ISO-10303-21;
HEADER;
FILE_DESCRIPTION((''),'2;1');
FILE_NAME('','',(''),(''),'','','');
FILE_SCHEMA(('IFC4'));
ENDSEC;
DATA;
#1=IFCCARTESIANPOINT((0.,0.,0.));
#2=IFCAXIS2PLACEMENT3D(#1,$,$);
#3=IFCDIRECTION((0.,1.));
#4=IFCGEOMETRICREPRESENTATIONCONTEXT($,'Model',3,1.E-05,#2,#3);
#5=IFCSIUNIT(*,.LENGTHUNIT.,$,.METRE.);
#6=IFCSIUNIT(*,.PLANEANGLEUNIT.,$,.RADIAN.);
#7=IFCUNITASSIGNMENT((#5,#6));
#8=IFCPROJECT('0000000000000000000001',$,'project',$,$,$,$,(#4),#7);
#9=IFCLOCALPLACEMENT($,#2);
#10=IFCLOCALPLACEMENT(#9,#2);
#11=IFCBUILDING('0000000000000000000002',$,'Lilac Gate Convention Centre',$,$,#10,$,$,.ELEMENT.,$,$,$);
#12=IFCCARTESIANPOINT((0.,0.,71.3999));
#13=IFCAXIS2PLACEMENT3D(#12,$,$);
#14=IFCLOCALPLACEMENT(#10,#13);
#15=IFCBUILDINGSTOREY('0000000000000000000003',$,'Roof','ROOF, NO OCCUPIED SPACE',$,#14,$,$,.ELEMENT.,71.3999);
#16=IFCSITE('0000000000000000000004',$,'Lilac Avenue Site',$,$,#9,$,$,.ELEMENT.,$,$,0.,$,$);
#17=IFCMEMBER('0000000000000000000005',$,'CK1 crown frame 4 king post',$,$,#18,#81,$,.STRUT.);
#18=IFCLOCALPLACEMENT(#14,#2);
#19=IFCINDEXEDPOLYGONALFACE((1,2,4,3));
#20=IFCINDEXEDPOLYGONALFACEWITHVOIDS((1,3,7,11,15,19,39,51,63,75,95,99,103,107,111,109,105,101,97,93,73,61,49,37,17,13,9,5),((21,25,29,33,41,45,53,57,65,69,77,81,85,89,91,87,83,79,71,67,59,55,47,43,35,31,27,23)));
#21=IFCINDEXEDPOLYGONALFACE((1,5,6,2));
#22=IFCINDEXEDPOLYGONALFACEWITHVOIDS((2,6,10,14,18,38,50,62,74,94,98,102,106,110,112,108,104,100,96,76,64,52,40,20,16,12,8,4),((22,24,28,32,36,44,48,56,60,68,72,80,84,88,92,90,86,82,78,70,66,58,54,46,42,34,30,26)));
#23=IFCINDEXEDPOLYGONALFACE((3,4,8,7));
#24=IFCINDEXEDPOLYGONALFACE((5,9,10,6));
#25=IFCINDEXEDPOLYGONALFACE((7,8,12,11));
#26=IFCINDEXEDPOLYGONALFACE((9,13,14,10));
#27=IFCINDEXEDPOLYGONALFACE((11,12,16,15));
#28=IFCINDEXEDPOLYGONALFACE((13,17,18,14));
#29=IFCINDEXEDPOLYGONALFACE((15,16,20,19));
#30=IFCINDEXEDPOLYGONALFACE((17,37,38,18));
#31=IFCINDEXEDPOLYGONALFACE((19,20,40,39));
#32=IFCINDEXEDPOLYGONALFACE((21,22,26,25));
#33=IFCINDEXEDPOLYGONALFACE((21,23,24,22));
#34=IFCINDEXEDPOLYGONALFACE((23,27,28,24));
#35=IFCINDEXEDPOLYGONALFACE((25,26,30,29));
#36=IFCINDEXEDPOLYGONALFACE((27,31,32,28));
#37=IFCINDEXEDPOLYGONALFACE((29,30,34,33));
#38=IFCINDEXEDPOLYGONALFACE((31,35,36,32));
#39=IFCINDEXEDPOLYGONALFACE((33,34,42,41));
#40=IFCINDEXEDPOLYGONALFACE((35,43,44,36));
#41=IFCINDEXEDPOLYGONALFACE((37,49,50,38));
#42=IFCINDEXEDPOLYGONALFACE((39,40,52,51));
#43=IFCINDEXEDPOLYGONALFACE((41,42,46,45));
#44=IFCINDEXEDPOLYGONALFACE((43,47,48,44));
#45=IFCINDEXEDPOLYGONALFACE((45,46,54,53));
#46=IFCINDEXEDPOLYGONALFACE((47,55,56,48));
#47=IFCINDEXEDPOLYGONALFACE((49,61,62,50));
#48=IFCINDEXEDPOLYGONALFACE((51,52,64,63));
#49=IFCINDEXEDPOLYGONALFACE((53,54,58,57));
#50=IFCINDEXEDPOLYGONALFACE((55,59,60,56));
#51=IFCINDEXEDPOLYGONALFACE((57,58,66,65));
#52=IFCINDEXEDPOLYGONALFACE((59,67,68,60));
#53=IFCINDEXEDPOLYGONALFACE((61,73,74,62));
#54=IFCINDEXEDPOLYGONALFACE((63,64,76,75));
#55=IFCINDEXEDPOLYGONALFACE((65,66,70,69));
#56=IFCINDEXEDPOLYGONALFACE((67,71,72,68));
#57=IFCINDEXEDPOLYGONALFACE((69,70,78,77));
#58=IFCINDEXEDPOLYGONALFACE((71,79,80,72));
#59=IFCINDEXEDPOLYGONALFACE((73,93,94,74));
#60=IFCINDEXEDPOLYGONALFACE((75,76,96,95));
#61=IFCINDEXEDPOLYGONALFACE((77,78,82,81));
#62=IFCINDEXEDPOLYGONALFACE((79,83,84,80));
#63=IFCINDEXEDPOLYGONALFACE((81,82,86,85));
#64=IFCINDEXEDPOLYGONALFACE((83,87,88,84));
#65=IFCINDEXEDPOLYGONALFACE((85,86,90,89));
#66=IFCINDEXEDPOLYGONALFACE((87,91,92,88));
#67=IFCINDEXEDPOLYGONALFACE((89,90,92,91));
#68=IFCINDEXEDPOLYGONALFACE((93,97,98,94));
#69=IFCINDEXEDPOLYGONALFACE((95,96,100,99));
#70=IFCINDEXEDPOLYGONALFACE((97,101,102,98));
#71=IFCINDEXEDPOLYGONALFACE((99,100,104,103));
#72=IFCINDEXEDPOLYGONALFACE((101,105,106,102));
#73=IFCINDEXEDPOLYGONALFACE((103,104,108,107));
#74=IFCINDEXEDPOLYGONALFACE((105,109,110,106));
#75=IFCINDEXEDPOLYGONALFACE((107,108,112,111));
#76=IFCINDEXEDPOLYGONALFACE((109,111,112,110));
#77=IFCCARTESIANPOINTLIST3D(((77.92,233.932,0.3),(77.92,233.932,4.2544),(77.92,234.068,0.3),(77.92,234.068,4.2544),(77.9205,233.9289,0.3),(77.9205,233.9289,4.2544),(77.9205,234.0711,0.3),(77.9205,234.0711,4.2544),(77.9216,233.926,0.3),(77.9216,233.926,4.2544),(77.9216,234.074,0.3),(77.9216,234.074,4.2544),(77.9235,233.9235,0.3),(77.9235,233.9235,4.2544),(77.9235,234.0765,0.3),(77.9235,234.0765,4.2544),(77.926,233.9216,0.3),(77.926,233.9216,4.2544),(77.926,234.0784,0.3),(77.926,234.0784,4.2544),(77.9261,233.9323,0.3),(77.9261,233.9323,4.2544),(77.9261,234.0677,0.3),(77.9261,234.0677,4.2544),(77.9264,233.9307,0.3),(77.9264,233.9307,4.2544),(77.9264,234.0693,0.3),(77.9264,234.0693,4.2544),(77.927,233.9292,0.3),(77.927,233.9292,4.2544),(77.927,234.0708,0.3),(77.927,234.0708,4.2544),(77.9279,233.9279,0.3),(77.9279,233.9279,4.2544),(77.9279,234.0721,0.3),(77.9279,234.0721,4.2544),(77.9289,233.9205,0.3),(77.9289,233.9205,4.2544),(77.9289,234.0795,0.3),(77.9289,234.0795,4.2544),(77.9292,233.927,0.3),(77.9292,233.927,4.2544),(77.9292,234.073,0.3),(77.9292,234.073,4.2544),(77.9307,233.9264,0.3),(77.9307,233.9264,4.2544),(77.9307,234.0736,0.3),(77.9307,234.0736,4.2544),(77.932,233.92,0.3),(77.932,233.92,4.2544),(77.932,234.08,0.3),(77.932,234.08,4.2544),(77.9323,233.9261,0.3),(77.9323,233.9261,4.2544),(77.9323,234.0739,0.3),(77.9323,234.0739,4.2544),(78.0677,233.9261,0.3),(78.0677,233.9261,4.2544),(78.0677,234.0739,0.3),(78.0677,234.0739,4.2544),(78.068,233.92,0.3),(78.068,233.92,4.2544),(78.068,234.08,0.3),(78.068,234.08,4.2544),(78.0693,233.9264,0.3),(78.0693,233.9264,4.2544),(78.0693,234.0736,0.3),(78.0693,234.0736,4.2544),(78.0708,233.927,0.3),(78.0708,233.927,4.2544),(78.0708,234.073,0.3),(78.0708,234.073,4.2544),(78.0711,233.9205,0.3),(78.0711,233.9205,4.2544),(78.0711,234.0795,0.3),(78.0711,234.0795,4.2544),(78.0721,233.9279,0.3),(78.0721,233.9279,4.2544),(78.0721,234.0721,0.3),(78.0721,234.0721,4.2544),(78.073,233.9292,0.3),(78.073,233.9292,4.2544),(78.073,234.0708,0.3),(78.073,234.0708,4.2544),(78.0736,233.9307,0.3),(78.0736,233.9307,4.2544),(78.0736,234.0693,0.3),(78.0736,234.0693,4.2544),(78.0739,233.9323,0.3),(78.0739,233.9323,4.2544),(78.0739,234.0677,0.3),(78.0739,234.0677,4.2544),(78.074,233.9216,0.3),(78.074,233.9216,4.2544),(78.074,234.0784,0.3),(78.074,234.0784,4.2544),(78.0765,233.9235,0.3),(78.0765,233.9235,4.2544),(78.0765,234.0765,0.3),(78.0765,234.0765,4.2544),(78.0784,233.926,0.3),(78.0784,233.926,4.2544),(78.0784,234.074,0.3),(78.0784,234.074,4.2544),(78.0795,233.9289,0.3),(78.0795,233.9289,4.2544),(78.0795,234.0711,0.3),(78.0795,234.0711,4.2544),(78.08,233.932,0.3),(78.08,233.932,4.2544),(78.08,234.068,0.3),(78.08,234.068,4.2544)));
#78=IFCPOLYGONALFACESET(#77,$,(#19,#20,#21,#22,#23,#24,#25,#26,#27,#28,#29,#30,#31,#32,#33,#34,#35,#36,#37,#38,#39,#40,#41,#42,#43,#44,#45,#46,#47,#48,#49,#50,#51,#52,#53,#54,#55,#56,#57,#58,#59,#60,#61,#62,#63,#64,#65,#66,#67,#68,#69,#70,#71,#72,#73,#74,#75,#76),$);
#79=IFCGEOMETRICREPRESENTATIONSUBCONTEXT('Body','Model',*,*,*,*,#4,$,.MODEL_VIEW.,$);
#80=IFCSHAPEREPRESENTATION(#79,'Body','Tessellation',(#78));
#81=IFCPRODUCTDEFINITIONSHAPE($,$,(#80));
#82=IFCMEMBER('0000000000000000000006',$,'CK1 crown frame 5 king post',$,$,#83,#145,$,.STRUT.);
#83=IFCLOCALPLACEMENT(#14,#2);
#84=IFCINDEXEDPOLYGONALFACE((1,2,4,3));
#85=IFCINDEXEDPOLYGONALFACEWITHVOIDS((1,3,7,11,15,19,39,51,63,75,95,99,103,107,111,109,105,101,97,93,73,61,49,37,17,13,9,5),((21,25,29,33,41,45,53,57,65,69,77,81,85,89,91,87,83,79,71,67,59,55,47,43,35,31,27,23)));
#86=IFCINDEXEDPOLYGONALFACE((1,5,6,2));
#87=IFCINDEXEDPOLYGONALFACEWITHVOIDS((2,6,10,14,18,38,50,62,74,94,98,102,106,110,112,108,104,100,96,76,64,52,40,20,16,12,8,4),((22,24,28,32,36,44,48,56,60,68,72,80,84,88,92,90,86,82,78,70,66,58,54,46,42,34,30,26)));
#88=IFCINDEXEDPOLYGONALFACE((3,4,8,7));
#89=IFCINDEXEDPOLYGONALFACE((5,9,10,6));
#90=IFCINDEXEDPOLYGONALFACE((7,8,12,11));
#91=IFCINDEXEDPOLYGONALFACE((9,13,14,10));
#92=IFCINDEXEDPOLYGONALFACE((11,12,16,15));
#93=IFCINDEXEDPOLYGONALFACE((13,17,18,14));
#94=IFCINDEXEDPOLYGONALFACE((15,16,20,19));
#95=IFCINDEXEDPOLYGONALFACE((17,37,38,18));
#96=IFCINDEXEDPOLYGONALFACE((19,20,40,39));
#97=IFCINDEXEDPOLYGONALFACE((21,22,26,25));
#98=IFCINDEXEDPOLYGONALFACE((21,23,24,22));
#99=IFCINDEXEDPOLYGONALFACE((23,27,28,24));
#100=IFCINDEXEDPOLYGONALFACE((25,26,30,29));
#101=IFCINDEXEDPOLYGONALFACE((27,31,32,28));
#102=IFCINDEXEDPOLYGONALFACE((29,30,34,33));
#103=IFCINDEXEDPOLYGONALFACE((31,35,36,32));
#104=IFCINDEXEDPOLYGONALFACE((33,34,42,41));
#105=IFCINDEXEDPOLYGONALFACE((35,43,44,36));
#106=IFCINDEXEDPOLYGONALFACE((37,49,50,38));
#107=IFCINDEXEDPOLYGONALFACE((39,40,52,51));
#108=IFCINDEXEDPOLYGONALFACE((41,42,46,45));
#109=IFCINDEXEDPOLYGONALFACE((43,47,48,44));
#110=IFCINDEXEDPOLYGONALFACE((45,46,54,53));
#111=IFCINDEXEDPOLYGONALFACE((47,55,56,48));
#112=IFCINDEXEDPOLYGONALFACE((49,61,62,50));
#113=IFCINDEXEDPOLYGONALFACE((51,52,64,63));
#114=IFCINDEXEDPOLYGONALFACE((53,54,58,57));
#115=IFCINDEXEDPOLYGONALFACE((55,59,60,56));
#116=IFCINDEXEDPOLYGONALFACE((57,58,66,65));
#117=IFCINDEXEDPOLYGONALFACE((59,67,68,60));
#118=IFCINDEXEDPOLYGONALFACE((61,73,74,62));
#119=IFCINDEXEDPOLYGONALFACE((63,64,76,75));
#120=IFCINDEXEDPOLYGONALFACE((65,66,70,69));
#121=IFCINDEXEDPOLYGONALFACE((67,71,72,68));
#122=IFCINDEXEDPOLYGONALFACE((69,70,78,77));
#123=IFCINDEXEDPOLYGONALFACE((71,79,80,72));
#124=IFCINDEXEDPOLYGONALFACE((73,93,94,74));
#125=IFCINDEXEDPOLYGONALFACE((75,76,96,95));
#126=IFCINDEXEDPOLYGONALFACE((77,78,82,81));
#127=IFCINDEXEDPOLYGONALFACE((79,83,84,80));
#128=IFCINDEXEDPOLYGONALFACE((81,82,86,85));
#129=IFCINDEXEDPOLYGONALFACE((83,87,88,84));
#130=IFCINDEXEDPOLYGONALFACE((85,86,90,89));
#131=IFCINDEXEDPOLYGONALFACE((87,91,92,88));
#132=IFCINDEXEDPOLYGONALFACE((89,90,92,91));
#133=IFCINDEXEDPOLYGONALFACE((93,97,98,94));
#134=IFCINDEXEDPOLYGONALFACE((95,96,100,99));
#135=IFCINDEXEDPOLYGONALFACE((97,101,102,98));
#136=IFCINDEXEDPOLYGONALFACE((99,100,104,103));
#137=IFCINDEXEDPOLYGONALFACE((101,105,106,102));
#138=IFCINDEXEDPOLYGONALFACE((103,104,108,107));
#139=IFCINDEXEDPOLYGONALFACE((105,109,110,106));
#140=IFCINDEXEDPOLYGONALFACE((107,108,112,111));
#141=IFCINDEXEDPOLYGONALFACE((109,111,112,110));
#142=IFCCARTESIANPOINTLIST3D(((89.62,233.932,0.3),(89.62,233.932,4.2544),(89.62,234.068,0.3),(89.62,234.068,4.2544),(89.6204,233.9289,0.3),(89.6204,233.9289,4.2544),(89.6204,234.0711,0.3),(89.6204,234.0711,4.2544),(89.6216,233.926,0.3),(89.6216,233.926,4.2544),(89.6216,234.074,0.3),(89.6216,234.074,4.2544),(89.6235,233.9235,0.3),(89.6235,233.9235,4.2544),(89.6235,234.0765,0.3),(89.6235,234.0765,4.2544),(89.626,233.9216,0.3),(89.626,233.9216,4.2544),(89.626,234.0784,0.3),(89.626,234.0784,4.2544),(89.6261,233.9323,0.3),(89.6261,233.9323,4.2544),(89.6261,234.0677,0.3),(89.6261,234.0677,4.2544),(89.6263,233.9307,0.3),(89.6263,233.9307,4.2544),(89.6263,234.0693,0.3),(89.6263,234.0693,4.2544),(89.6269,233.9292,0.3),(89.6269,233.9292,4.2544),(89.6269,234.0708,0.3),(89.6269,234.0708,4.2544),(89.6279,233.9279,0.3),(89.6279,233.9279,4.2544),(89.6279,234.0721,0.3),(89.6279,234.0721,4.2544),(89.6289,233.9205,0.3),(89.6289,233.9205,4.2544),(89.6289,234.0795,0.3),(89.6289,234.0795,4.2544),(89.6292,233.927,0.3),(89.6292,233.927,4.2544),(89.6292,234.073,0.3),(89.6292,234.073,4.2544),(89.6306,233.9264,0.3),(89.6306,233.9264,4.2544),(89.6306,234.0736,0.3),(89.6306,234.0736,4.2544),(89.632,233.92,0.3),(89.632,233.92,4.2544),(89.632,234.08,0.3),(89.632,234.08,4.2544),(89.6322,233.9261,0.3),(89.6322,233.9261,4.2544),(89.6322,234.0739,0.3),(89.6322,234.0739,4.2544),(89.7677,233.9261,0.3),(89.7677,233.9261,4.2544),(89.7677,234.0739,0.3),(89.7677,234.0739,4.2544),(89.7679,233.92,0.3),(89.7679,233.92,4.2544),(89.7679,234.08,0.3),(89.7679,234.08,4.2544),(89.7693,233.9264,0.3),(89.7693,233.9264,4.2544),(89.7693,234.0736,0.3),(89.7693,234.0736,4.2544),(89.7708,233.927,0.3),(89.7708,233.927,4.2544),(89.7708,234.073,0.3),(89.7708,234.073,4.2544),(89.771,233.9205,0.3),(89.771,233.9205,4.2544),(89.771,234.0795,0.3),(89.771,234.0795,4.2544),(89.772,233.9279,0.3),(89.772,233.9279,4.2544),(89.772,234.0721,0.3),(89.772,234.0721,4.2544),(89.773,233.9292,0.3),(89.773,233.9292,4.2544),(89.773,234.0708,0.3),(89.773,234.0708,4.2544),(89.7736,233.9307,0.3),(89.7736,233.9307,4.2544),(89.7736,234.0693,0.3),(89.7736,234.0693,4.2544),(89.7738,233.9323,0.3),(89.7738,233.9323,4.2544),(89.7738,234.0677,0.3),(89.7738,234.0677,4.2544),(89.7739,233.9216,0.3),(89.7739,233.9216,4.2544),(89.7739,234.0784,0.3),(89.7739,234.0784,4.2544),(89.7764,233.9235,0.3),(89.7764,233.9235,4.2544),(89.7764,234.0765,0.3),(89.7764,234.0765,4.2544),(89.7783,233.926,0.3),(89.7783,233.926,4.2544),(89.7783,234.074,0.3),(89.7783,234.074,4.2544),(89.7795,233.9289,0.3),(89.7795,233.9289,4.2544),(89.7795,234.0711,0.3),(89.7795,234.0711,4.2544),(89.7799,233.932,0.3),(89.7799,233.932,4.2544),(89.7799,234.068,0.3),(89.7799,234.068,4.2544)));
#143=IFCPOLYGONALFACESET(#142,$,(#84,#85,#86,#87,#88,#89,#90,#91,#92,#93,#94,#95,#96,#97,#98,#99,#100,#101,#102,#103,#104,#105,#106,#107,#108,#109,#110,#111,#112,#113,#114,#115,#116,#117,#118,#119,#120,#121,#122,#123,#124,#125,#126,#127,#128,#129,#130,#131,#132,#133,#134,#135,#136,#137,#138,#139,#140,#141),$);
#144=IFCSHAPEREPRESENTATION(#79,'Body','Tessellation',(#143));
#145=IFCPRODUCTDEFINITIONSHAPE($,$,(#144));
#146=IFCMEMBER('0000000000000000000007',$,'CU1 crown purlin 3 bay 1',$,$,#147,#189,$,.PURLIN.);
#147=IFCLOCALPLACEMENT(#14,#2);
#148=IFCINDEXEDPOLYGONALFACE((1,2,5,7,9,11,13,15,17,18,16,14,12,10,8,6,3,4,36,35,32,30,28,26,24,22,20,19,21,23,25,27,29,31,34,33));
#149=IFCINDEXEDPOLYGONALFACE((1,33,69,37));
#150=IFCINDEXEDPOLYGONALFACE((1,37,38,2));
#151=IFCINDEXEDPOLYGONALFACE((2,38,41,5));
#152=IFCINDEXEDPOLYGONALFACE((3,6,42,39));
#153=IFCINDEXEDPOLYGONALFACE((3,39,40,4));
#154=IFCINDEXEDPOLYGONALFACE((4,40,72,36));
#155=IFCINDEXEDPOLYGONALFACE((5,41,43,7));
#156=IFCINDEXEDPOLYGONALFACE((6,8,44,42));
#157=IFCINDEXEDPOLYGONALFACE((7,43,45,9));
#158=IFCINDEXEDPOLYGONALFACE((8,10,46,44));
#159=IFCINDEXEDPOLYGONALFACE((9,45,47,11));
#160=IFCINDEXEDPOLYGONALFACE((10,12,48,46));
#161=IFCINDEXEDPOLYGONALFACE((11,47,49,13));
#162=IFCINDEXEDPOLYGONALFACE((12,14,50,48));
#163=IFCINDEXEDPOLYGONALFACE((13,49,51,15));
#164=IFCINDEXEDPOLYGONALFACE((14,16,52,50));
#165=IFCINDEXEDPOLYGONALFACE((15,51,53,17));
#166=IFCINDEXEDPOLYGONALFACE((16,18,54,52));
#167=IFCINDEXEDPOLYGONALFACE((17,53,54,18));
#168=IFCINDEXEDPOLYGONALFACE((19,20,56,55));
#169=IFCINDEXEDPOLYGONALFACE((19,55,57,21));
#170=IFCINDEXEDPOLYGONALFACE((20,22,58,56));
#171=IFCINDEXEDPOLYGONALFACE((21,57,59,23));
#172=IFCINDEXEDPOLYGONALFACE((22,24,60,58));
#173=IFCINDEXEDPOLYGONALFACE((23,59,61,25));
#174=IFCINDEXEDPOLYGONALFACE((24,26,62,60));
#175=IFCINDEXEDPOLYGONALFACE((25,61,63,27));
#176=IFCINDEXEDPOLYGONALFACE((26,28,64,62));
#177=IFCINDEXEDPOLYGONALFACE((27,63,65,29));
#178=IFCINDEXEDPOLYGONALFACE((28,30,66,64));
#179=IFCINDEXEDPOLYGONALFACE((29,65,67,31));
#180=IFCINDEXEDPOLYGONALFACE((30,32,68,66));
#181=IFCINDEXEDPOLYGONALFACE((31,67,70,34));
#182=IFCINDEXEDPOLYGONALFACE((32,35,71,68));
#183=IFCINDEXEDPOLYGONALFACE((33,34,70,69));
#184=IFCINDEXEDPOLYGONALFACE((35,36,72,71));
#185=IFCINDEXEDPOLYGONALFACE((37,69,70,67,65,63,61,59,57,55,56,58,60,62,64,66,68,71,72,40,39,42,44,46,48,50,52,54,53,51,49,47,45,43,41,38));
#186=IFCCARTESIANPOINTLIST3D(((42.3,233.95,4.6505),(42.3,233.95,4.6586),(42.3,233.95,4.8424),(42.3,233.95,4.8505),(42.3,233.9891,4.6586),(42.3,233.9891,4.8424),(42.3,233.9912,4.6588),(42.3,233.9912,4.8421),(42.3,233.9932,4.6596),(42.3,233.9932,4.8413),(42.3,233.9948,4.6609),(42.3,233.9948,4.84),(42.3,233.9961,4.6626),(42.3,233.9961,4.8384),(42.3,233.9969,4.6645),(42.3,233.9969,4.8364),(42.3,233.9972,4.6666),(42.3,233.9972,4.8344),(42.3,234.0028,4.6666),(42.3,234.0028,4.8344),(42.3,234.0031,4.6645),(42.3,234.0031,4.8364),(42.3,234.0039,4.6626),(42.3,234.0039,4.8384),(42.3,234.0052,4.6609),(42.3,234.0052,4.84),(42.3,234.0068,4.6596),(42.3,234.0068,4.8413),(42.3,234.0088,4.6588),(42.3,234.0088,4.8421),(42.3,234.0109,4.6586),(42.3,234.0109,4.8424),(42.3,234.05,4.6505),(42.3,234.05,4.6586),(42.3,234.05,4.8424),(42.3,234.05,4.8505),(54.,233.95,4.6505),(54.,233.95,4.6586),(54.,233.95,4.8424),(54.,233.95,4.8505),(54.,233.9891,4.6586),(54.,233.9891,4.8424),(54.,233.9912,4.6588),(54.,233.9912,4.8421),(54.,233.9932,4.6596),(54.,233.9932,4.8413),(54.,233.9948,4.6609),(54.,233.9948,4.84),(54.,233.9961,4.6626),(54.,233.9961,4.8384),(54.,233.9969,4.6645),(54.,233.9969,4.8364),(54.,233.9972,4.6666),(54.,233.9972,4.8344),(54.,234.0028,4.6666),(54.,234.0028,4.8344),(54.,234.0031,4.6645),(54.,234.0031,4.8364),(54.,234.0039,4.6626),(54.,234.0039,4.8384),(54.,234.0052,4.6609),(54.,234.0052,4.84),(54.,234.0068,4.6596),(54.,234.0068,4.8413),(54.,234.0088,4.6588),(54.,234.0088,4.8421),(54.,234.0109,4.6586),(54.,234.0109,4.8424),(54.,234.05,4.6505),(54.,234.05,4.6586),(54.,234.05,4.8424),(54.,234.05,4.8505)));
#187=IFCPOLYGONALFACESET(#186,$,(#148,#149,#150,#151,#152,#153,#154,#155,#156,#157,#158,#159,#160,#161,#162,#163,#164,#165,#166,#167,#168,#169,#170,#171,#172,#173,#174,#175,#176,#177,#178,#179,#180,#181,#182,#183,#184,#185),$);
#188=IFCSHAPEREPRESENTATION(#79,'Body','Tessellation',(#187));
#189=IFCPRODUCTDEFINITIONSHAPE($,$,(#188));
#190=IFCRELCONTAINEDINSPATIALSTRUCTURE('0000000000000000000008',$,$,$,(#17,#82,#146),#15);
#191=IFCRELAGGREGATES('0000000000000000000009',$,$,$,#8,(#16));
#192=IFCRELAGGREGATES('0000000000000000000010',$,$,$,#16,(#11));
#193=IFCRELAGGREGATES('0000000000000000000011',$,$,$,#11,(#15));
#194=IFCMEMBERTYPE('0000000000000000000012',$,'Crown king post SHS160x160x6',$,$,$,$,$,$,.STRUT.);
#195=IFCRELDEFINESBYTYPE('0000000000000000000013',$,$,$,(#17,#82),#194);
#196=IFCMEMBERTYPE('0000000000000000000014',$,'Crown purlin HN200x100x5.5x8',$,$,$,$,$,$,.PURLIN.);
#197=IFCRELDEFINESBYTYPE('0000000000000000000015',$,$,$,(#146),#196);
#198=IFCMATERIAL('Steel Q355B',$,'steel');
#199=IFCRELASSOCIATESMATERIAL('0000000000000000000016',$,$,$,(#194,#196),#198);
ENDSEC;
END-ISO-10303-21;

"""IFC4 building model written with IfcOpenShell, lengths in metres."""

from ifc_helpers import new_model, si_unit, direction, frame, origin, origin_2d, place, context, subcontext, project, spatial, hollow_rectangle, i_section, extrude, material, material_profile, profile_set, type_object, element, save


model = new_model("IFC4")

# Units and contexts
model_context = context("Model", 3, precision=1e-05, world=origin(), true_north=direction((0.0, 1.0)))
body_context = subcontext(model_context, "Body", "Model", "MODEL_VIEW")
ifc_project = project(units=[si_unit("LENGTHUNIT", "METRE"), si_unit("PLANEANGLEUNIT", "RADIAN")], contexts=[model_context])

# Site, building, storey
site_placement = place(None, origin())
site = spatial("IfcSite", under=ifc_project, at=site_placement, Name="Lilac Avenue Site", CompositionType="ELEMENT", RefElevation=0.0)
building_placement = place(site_placement, origin())
building = spatial("IfcBuilding", under=site, at=building_placement, Name="Lilac Gate Convention Centre", CompositionType="ELEMENT")
storey_placement = place(building_placement, frame((0.0, 0.0, 71.3999)))
storey = spatial("IfcBuildingStorey", under=building, at=storey_placement, Name="Roof", Description="ROOF, NO OCCUPIED SPACE", CompositionType="ELEMENT", Elevation=71.3999)

# Members
ifc_material_1 = material(Name="Steel Q355B", Category="steel")
ifc_material_profile_1 = material_profile(ifc_material_1, hollow_rectangle(XDim=0.1599, YDim=0.1599, WallThickness=0.0061, InnerFilletRadius=0.0061, OuterFilletRadius=0.012, at=origin_2d()), Name="SHS160x160x6")
ifc_profile_set_1 = profile_set([ifc_material_profile_1], Name="Steel Q355B")
member_type_1 = type_object("IfcMemberType", Name="Crown king post SHS160x160x6", PredefinedType="STRUT", material=ifc_profile_set_1)
for number, where, z_axis, x_axis, name in (
    (1, (78.0, 234.0, 0.3), (0.0, 0.0, 1.0), (1.0, 0.0, 0.0), "CK1 crown frame 4 king post"),
    (2, (89.7, 234.0, 0.3), (0.0, 0.0, 1.0), (1.0, 0.0, 0.0), "CK1 crown frame 5 king post"),
):
    element("IfcMember", number, at=place(storey_placement, frame(where, z_axis=z_axis, x_axis=x_axis)), inside=storey, type_object=member_type_1, Name=name, PredefinedType="STRUT", context=body_context, shape_type="SweptSolid", body=[
        extrude(hollow_rectangle(XDim=0.1599, YDim=0.1599, WallThickness=0.0061, InnerFilletRadius=0.0061, OuterFilletRadius=0.012, at=origin_2d()), origin(), (0.0, 0.0, 1.0), 3.9543),
    ])
ifc_material_profile_2 = material_profile(ifc_material_1, i_section(OverallWidth=0.1001, OverallDepth=0.2, WebThickness=0.0056, FlangeThickness=0.0081, FilletRadius=0.0081, at=origin_2d()), Name="HN200x100x5.5x8")
ifc_profile_set_2 = profile_set([ifc_material_profile_2], Name="Steel Q355B")
member_type_2 = type_object("IfcMemberType", Name="Crown purlin HN200x100x5.5x8", PredefinedType="PURLIN", material=ifc_profile_set_2)
member_1_placement = place(storey_placement, frame((42.3, 234.0, 4.7505), z_axis=(1.0, 0.0, 0.0), x_axis=(0.0, 1.0, 0.0)))
element("IfcMember", 3, at=member_1_placement, inside=storey, type_object=member_type_2, Name="CU1 crown purlin 3 bay 1", PredefinedType="PURLIN", context=body_context, shape_type="SweptSolid", body=[
    extrude(i_section(OverallWidth=0.1001, OverallDepth=0.2, WebThickness=0.0056, FlangeThickness=0.0081, FilletRadius=0.0081, at=origin_2d()), origin(), (0.0, 0.0, 1.0), 11.7),
])

save(model, "model.ifc")
